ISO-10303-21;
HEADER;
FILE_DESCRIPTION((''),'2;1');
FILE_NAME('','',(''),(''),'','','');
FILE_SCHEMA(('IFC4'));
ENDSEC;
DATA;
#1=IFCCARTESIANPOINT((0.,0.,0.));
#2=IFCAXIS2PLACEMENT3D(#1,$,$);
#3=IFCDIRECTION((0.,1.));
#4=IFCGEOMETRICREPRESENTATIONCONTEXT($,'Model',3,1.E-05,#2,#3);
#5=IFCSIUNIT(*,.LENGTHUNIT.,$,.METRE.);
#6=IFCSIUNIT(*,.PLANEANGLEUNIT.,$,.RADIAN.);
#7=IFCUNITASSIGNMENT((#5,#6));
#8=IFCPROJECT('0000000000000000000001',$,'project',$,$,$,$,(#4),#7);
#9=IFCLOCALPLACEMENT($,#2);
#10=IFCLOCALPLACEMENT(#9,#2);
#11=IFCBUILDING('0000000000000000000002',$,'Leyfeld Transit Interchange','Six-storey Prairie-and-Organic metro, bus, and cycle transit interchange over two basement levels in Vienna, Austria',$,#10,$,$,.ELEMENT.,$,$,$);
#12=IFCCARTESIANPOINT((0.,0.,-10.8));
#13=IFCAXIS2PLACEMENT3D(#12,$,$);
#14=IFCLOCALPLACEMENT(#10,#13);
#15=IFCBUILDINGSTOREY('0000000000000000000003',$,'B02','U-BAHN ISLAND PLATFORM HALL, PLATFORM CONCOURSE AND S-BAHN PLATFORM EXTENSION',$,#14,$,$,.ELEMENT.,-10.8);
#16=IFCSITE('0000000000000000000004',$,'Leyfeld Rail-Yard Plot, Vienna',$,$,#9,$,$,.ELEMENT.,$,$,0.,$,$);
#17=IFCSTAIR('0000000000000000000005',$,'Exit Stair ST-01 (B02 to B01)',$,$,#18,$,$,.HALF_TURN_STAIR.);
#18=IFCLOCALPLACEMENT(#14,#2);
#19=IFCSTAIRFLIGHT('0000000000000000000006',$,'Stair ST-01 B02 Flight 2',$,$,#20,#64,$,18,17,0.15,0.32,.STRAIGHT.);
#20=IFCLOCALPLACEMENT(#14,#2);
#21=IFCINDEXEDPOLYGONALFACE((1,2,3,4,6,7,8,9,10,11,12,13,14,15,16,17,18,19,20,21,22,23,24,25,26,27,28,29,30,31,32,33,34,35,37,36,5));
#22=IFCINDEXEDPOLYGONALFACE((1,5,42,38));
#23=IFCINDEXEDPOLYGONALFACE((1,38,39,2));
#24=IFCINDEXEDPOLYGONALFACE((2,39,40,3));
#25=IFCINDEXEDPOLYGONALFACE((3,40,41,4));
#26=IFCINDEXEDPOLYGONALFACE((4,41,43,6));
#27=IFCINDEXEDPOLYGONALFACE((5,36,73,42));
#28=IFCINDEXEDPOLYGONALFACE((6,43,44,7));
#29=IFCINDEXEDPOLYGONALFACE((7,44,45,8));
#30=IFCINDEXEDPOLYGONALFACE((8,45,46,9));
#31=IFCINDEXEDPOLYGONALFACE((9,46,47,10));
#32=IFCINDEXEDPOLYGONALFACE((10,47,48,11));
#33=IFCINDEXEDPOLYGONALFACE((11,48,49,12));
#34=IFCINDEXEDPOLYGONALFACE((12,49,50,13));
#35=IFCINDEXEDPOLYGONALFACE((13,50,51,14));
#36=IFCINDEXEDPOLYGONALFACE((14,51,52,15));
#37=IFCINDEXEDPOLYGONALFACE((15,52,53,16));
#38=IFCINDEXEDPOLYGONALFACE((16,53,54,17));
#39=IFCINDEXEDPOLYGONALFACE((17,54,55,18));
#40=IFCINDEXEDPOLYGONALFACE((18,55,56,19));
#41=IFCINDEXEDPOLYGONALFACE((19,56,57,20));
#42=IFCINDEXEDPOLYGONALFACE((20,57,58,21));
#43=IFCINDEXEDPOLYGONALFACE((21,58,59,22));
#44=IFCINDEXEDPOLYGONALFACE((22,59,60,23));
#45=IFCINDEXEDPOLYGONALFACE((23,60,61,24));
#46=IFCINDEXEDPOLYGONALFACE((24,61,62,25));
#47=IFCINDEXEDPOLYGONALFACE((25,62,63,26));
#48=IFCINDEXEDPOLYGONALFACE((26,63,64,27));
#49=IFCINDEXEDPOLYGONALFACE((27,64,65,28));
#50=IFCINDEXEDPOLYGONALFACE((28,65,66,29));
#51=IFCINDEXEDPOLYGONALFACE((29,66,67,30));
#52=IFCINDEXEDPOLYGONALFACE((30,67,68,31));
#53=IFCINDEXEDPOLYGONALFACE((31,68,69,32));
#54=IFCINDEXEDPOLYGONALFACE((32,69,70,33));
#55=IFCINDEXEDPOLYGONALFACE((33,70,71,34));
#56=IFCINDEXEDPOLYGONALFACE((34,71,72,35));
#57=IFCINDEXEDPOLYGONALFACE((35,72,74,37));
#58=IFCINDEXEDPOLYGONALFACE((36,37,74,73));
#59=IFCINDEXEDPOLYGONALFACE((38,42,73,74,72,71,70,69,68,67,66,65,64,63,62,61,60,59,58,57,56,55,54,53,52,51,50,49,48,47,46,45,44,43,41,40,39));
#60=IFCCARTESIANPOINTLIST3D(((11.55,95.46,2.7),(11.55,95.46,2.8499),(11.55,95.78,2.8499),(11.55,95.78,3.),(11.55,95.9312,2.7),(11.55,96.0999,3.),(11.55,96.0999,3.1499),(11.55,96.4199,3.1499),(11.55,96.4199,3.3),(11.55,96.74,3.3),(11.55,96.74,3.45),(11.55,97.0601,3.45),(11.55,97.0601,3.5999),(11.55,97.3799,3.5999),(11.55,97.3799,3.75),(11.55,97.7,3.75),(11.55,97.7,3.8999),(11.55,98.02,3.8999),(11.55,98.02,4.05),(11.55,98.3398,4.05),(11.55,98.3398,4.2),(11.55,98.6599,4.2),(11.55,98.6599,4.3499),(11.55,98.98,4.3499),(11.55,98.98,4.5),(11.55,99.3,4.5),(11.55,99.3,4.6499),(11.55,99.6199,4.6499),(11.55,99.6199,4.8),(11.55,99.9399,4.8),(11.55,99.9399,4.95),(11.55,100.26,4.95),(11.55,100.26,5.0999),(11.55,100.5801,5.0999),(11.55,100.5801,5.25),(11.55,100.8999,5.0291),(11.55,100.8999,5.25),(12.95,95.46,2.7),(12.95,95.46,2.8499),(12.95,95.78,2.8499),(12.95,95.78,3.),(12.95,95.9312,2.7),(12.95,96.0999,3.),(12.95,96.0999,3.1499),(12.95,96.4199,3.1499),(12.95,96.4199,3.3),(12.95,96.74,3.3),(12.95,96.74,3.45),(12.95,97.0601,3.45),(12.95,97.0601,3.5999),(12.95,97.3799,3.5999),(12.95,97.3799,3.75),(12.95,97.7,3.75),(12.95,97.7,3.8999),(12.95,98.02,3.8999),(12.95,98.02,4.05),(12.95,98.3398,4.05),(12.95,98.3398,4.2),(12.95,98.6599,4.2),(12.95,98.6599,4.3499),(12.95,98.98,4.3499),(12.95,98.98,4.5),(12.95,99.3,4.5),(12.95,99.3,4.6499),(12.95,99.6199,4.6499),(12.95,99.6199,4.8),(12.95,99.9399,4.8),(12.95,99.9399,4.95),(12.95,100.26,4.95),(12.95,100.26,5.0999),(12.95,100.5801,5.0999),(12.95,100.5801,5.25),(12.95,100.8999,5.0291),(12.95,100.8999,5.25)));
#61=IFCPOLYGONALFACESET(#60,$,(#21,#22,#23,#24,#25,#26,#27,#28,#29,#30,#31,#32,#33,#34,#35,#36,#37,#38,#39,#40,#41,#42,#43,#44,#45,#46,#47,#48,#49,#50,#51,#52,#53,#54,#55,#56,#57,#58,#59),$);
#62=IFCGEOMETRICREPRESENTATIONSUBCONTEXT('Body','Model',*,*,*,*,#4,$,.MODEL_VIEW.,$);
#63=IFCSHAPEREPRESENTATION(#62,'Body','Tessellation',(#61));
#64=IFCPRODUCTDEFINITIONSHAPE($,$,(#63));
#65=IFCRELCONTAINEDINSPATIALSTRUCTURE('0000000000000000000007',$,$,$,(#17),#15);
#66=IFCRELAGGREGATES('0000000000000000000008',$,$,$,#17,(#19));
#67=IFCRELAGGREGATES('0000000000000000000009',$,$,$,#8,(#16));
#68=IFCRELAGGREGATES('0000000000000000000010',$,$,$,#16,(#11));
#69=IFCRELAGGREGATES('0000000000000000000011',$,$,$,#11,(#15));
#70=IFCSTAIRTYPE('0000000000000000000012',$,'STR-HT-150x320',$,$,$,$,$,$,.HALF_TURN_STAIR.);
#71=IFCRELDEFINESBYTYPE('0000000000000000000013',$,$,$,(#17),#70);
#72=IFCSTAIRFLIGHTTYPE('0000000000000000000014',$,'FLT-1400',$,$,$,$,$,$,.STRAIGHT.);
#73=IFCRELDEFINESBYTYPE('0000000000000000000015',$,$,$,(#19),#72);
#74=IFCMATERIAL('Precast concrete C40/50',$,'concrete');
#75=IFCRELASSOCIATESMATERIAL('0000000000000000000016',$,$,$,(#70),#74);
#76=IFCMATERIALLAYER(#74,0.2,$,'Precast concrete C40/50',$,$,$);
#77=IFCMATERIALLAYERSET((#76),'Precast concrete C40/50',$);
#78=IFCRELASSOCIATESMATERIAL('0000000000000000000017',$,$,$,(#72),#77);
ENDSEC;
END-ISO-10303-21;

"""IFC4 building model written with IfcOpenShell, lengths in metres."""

from ifc_helpers import new_model, si_unit, direction, frame, origin, place, context, subcontext, project, spatial, polyline, outline, extrude, material, layer, layer_set, type_object, element, aggregate, save


model = new_model("IFC4")

# Units and contexts
model_context = context("Model", 3, precision=1e-05, world=origin(), true_north=direction((0.0, 1.0)))
body_context = subcontext(model_context, "Body", "Model", "MODEL_VIEW")
ifc_project = project(units=[si_unit("LENGTHUNIT", "METRE"), si_unit("PLANEANGLEUNIT", "RADIAN")], contexts=[model_context])

# Site, building, storey
site_placement = place(None, origin())
site = spatial("IfcSite", under=ifc_project, at=site_placement, Name="Leyfeld Rail-Yard Plot, Vienna", CompositionType="ELEMENT", RefElevation=0.0)
building_placement = place(site_placement, origin())
building = spatial("IfcBuilding", under=site, at=building_placement, Name="Leyfeld Transit Interchange", Description="Six-storey Prairie-and-Organic metro, bus, and cycle transit interchange over two basement levels in Vienna, Austria", CompositionType="ELEMENT")
storey_placement = place(building_placement, frame((0.0, 0.0, -10.8)))
storey = spatial("IfcBuildingStorey", under=building, at=storey_placement, Name="B02", Description="U-BAHN ISLAND PLATFORM HALL, PLATFORM CONCOURSE AND S-BAHN PLATFORM EXTENSION", CompositionType="ELEMENT", Elevation=-10.8)

# Stair, stair flight
ifc_material_1 = material(Name="Precast concrete C40/50", Category="concrete")
stair_type = type_object("IfcStairType", Name="STR-HT-150x320", PredefinedType="HALF_TURN_STAIR", material=ifc_material_1)
stair_placement = place(storey_placement, origin())
stair = element("IfcStair", 1, at=stair_placement, inside=storey, type_object=stair_type, Name="Exit Stair ST-01 (B02 to B01)", PredefinedType="HALF_TURN_STAIR")
ifc_layer_1 = layer(ifc_material_1, 0.2, Name="Precast concrete C40/50")
ifc_layer_set_1 = layer_set([ifc_layer_1], Name="Precast concrete C40/50")
stair_flight_type = type_object("IfcStairFlightType", Name="FLT-1400", PredefinedType="STRAIGHT", material=ifc_layer_set_1)
stair_flight_1_placement = place(storey_placement, frame((12.25, 95.46, 2.7), z_axis=(0.0, 0.0, 1.0), x_axis=(0.0, 1.0, 0.0)))
stair_flight_1 = element("IfcStairFlight", 2, at=stair_flight_1_placement, type_object=stair_flight_type, Name="Stair ST-01 B02 Flight 2", NumberOfRisers=18, NumberOfTreads=17, PredefinedType="STRAIGHT", RiserHeight=0.15, TreadLength=0.32, context=body_context, shape_type="SweptSolid", body=[
    extrude(outline(polyline([(0.0, 0.0), (0.0, 0.1499), (0.3201, 0.1499), (0.3201, 0.3), (0.6399, 0.3), (0.6399, 0.45), (0.96, 0.45), (0.96, 0.6001), (1.28, 0.6001), (1.28, 0.75), (1.6001, 0.75), (1.6001, 0.8999), (1.9199, 0.8999), (1.9199, 1.05), (2.24, 1.05), (2.24, 1.2), (2.5601, 1.2), (2.5601, 1.3501), (2.8799, 1.3501), (2.8799, 1.5), (3.2, 1.5), (3.2, 1.6499), (3.52, 1.6499), (3.52, 1.8), (3.8401, 1.8), (3.8401, 1.95), (4.1599, 1.95), (4.1599, 2.1001), (4.48, 2.1001), (4.48, 2.25), (4.8, 2.25), (4.8, 2.3999), (5.1201, 2.3999), (5.1201, 2.55), (5.4399, 2.55), (5.4399, 2.7), (5.4399, 2.3291), (0.4712, 0.0), (0.0, 0.0)])), frame((0.0, 0.7, 0.0), z_axis=(0.0, -1.0, 0.0), x_axis=(1.0, 0.0, 0.0)), (0.0, 0.0, 1.0), 1.3999),
])
aggregate(stair, [stair_flight_1])

save(model, "model.ifc")
